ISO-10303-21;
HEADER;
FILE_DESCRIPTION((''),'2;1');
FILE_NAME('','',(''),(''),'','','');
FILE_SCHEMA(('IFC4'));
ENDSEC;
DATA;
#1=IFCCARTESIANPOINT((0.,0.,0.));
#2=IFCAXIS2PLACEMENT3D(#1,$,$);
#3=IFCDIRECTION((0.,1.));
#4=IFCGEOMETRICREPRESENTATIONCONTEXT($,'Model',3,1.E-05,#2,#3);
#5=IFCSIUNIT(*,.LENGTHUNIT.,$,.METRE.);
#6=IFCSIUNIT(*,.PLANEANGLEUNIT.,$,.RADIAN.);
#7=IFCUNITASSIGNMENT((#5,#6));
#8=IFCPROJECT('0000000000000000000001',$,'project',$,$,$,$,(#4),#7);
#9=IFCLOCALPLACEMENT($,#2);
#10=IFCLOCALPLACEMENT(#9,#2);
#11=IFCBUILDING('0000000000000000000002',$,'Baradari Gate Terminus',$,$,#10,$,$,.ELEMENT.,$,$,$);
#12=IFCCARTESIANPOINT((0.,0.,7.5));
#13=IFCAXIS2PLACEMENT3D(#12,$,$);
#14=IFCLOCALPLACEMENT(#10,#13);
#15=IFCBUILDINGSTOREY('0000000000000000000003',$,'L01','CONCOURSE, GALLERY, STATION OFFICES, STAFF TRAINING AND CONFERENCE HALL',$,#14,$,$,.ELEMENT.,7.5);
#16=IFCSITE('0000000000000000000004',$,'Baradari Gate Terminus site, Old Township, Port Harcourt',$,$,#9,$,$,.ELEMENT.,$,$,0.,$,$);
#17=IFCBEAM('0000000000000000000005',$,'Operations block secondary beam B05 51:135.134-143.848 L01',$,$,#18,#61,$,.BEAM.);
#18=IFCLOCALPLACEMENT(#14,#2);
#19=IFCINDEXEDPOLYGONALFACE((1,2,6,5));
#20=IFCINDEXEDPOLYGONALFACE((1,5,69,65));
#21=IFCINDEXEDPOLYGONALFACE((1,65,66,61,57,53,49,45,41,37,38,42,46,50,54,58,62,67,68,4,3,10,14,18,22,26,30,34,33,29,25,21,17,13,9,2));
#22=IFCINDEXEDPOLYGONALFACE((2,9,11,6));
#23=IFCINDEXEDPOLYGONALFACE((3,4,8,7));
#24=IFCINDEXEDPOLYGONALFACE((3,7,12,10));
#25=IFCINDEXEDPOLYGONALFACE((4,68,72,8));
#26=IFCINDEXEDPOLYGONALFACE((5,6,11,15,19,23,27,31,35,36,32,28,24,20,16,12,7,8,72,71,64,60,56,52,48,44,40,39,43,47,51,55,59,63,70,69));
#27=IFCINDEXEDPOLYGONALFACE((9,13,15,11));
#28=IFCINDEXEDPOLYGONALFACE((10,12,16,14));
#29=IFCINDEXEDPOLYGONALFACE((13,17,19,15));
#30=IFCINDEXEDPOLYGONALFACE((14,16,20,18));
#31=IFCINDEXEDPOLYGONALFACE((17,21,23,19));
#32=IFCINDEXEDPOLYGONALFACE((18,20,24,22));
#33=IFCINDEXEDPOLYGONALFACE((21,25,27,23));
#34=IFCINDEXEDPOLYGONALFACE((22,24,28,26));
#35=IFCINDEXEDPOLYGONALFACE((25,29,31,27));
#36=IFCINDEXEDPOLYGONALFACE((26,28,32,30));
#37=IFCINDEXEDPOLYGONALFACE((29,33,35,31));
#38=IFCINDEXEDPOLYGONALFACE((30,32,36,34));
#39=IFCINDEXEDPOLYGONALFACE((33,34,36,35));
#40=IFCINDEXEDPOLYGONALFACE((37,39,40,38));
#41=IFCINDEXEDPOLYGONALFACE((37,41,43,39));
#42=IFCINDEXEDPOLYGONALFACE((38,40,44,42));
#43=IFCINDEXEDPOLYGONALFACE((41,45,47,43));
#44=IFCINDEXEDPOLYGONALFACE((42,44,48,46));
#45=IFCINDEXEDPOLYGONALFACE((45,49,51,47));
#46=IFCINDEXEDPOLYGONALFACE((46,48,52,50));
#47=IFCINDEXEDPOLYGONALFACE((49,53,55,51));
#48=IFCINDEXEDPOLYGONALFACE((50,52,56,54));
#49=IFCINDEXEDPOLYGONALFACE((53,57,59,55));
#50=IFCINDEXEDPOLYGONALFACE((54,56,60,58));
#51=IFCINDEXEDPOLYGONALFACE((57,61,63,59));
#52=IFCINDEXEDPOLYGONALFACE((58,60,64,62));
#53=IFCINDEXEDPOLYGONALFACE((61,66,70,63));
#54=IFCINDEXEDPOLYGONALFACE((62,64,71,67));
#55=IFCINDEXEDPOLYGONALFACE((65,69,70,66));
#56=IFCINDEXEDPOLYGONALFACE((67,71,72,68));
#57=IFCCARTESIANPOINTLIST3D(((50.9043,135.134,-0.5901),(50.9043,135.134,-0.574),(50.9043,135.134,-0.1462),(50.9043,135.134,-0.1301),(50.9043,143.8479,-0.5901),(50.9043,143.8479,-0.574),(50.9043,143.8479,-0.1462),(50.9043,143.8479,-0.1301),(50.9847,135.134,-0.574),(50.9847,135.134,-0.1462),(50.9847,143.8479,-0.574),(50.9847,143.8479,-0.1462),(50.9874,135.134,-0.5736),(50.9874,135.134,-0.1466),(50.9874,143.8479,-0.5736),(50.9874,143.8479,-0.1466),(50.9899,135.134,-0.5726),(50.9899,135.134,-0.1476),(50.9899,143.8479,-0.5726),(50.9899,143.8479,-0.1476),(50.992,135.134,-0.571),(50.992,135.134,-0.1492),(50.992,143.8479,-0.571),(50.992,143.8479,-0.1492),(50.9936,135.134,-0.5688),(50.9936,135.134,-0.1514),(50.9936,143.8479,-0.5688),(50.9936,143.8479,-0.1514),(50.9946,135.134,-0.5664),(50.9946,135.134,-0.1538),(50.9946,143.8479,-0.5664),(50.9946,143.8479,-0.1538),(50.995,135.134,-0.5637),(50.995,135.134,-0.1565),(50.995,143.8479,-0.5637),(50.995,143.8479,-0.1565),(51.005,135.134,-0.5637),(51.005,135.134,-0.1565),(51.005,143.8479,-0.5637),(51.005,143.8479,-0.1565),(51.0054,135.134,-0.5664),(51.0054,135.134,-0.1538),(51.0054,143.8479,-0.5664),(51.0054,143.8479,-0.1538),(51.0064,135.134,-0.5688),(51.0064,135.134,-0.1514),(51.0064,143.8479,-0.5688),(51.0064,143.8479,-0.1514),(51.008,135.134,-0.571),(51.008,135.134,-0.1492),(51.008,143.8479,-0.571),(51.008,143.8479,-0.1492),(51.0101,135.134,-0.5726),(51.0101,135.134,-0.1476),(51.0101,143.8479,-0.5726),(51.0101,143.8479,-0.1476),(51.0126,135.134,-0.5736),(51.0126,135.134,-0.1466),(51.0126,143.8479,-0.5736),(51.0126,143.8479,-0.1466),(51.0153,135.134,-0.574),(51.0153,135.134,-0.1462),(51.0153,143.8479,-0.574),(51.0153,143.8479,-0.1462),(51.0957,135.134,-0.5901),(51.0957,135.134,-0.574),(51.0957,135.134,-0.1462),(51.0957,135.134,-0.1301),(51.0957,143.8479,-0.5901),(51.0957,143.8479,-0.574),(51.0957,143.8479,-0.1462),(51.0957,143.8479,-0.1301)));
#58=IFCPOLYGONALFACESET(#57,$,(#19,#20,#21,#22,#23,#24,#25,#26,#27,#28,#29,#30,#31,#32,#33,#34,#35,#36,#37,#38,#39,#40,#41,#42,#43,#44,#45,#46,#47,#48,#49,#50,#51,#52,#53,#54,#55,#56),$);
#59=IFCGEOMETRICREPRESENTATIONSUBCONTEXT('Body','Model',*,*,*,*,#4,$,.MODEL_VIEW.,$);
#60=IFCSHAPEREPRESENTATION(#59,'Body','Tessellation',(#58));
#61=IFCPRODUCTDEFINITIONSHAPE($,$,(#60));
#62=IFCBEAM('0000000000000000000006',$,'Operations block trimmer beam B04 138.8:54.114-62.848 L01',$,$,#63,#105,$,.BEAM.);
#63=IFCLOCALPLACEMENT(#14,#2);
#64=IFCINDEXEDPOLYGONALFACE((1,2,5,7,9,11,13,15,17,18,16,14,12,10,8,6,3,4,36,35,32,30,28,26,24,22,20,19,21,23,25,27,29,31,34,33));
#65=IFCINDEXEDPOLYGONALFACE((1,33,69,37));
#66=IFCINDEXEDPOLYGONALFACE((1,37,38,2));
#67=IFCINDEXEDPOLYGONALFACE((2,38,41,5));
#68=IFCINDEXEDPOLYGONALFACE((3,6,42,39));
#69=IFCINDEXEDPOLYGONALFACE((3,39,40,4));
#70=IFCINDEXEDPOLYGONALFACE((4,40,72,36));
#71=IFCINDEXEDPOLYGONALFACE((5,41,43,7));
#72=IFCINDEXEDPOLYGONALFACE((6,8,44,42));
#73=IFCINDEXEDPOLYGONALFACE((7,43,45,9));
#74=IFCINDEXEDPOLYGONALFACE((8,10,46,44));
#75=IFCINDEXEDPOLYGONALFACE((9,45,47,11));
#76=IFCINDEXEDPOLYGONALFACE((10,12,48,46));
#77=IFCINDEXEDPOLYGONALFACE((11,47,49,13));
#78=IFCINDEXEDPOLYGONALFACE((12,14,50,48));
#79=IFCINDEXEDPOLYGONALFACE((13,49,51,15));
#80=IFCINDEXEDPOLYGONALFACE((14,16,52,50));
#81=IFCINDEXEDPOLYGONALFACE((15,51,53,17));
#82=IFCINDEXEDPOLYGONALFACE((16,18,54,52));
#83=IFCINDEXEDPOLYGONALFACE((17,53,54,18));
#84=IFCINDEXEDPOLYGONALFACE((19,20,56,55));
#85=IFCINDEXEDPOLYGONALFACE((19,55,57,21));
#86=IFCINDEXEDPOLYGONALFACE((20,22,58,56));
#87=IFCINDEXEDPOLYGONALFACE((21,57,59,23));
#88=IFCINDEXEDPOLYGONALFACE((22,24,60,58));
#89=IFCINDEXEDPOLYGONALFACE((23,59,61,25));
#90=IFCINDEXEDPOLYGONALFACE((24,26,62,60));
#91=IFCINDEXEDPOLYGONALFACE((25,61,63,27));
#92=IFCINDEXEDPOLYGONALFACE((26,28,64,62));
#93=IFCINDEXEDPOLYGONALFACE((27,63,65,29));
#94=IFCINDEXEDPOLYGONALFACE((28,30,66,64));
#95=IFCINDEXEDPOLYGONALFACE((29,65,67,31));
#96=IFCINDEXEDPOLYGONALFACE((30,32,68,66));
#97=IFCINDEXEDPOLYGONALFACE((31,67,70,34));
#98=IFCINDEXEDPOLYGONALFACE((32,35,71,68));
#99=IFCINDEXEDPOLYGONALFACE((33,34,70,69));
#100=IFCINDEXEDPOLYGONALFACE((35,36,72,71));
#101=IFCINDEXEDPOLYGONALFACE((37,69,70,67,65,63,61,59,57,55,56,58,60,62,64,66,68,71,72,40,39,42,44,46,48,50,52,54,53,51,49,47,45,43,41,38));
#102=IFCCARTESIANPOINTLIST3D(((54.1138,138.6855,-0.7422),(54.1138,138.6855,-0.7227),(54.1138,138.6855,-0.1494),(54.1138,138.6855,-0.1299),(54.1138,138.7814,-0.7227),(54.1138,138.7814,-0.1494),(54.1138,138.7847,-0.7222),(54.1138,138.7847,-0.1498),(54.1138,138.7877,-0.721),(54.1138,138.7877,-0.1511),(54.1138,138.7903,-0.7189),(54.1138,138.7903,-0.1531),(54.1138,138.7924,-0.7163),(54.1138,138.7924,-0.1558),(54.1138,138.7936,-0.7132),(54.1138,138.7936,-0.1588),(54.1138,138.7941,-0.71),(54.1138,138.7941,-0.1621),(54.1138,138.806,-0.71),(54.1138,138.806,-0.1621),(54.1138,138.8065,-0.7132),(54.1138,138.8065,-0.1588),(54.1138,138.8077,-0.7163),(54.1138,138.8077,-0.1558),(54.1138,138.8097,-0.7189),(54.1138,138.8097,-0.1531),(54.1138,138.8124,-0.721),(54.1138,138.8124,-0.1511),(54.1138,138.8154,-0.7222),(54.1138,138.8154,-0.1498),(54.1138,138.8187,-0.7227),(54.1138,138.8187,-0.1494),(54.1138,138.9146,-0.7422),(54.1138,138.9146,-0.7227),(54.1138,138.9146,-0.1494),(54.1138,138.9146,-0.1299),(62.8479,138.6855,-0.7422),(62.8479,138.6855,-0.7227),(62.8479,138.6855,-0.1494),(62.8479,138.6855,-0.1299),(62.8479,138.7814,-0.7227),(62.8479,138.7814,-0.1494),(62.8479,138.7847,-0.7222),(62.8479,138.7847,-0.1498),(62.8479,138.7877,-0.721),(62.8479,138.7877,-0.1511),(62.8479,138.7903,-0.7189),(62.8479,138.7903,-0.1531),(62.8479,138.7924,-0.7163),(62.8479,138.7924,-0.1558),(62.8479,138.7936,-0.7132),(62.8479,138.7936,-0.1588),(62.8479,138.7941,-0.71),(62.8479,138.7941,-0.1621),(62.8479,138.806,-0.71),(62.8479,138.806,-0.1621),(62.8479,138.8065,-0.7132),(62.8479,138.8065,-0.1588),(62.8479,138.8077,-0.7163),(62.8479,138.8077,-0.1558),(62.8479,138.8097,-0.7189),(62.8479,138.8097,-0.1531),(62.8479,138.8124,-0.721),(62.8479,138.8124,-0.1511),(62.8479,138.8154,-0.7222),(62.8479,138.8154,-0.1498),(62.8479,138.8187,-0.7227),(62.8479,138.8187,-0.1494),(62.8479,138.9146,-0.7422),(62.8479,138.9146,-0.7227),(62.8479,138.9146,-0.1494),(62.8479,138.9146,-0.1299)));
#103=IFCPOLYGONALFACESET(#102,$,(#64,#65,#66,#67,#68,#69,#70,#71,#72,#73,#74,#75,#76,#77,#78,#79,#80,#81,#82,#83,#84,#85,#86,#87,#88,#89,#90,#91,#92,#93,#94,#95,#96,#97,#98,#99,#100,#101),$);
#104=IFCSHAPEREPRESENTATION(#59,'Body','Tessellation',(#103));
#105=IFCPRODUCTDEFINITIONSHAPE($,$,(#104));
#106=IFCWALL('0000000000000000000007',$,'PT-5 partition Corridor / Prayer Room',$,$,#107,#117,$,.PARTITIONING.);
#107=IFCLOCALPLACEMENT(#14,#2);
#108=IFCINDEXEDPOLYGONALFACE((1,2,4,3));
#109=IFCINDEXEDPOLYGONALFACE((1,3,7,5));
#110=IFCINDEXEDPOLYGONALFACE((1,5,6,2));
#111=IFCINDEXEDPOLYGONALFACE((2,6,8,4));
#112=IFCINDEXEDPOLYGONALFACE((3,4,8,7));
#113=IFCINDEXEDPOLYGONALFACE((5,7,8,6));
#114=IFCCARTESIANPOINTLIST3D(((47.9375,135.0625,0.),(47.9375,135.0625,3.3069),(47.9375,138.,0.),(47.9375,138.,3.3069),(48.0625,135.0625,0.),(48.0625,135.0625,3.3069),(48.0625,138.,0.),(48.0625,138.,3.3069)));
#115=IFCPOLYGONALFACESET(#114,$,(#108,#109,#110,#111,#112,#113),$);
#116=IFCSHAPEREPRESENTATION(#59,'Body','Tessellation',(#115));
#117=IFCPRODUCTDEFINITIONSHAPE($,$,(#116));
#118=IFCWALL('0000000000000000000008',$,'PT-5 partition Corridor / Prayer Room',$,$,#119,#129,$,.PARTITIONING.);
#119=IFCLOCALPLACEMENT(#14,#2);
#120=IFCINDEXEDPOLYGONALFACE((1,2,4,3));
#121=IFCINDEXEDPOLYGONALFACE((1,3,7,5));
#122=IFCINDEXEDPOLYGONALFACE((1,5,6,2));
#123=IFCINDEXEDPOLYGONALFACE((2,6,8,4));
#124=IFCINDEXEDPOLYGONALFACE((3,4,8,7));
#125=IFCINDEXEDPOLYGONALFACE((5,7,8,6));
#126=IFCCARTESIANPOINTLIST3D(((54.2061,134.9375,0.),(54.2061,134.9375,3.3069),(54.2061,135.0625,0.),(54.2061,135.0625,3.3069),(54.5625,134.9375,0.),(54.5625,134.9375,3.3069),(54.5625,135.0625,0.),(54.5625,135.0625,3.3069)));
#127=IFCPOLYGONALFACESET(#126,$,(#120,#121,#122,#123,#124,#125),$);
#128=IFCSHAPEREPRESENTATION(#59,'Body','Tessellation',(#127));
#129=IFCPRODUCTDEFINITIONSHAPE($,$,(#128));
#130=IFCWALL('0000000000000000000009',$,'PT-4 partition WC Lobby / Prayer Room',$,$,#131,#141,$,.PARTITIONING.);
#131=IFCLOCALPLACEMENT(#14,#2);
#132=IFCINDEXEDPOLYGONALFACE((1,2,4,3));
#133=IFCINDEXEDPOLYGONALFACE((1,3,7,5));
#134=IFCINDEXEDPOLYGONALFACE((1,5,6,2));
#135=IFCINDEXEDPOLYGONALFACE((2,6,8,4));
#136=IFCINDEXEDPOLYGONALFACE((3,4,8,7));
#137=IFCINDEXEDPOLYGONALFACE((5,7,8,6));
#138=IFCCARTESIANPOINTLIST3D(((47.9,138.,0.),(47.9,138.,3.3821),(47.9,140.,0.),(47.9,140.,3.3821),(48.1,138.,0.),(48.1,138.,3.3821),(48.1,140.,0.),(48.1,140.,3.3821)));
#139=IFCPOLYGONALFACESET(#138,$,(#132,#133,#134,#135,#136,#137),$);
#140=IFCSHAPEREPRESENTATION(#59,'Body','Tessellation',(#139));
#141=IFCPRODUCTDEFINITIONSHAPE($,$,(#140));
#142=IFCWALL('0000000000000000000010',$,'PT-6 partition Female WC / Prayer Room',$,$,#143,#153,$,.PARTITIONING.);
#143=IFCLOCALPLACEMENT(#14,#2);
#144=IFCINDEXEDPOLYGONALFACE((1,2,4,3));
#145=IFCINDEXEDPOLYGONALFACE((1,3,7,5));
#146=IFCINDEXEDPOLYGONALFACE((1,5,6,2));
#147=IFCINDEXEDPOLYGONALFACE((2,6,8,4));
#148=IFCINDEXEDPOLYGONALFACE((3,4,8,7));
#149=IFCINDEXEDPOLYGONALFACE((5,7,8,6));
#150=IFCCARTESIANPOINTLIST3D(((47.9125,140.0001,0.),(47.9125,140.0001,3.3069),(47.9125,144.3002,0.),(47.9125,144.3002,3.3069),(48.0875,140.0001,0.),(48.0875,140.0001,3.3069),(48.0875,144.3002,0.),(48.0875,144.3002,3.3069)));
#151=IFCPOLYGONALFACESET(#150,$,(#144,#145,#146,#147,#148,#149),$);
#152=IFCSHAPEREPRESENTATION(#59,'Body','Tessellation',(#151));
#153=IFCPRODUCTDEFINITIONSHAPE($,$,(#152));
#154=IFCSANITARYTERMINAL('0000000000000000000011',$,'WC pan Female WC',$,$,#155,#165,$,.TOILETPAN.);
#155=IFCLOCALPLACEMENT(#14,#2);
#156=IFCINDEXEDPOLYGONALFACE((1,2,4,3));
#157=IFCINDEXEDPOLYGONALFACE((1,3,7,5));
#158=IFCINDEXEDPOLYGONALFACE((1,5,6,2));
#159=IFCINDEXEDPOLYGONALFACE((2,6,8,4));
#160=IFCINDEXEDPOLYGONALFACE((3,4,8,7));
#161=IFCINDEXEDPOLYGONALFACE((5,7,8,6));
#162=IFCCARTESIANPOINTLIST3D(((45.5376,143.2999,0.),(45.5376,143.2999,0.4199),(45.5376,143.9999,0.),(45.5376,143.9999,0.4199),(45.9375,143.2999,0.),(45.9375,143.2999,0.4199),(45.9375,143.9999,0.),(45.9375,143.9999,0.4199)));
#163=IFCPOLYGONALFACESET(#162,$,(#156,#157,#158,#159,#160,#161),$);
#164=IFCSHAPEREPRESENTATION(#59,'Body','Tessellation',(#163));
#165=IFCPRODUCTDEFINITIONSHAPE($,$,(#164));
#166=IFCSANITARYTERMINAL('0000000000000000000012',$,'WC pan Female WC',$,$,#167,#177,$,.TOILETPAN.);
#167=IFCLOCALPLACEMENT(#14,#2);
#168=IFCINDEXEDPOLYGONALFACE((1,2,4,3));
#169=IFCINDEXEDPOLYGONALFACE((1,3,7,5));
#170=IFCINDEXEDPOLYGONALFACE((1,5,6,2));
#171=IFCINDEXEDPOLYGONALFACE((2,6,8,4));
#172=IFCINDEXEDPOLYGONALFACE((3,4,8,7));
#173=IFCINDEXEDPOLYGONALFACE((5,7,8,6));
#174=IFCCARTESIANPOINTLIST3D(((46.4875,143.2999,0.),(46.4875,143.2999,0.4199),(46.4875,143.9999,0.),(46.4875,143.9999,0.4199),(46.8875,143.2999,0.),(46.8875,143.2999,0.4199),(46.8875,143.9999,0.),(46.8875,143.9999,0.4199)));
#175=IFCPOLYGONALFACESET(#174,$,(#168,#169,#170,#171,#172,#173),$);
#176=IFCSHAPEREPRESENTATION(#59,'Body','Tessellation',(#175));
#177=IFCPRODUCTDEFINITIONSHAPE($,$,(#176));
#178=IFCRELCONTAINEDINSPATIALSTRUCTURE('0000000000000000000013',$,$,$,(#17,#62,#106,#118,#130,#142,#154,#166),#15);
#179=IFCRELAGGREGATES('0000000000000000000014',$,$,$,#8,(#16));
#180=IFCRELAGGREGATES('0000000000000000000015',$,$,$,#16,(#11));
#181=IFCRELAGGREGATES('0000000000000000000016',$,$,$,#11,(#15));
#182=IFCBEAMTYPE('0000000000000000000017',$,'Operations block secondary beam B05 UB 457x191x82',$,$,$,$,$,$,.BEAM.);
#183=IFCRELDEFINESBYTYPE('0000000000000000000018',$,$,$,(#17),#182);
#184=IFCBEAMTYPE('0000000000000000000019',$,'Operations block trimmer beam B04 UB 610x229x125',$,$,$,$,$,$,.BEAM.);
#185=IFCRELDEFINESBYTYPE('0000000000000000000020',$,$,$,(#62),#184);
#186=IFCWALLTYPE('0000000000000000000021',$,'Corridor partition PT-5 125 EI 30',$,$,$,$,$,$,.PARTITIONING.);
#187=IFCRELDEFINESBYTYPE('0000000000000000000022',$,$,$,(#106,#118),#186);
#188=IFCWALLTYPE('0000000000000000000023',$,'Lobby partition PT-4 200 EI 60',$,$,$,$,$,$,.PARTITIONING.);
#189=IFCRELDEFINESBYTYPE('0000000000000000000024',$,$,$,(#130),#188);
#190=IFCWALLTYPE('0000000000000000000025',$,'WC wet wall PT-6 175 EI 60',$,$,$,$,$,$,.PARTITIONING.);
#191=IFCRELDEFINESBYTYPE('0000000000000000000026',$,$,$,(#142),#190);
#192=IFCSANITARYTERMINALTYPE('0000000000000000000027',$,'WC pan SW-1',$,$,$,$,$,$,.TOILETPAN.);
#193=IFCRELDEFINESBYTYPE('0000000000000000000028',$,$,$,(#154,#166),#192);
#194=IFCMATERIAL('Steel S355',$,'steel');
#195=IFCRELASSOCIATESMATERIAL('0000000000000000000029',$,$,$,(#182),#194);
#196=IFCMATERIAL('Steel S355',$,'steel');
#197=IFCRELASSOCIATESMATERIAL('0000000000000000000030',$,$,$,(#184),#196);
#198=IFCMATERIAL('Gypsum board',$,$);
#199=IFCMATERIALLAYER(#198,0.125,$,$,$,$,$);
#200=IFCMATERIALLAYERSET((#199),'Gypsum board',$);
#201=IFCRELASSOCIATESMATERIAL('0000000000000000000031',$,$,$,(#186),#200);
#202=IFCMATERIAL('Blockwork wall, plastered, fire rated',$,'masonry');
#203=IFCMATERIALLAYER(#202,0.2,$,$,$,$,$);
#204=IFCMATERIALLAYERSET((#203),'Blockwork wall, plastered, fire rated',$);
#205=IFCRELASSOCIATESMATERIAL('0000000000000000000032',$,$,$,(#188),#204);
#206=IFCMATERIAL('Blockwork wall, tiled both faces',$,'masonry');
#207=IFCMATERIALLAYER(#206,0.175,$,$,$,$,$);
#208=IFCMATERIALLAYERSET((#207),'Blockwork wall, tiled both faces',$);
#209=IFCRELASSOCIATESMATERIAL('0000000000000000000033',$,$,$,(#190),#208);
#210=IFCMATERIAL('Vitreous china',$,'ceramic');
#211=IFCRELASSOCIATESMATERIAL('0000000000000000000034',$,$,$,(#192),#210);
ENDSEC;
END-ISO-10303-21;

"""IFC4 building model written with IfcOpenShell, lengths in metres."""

from ifc_helpers import new_model, si_unit, direction, frame, frame_2d, origin, origin_2d, place, context, subcontext, project, spatial, rectangle, i_section, extrude, material, layer, layer_set, material_profile, profile_set, type_object, element, save


model = new_model("IFC4")

# Units and contexts
model_context = context("Model", 3, precision=1e-05, world=origin(), true_north=direction((0.0, 1.0)))
body_context = subcontext(model_context, "Body", "Model", "MODEL_VIEW")
ifc_project = project(units=[si_unit("LENGTHUNIT", "METRE"), si_unit("PLANEANGLEUNIT", "RADIAN")], contexts=[model_context])

# Site, building, storey
site_placement = place(None, origin())
site = spatial("IfcSite", under=ifc_project, at=site_placement, Name="Baradari Gate Terminus site, Old Township, Port Harcourt", CompositionType="ELEMENT", RefElevation=0.0)
building_placement = place(site_placement, origin())
building = spatial("IfcBuilding", under=site, at=building_placement, Name="Baradari Gate Terminus", CompositionType="ELEMENT")
storey_placement = place(building_placement, frame((0.0, 0.0, 7.5)))
storey = spatial("IfcBuildingStorey", under=building, at=storey_placement, Name="L01", Description="CONCOURSE, GALLERY, STATION OFFICES, STAFF TRAINING AND CONFERENCE HALL", CompositionType="ELEMENT", Elevation=7.5)

# Beams
ifc_material_1 = material(Name="Steel S355", Category="steel")
ifc_material_profile_1 = material_profile(ifc_material_1, i_section(OverallWidth=0.1914, OverallDepth=0.46, WebThickness=0.01, FlangeThickness=0.0161, FilletRadius=0.0103, at=origin_2d()), Name="UB 457x191x82")
ifc_profile_set_1 = profile_set([ifc_material_profile_1], Name="Steel S355")
beam_type_1 = type_object("IfcBeamType", Name="Operations block secondary beam B05 UB 457x191x82", PredefinedType="BEAM", material=ifc_profile_set_1)
for number, where, z_axis, x_axis, name in (
    (1, (51.0, 135.134, -0.3601), (0.0, 1.0, 0.0), (-1.0, 0.0, 0.0), "Operations block secondary beam B05 51:135.134-143.848 L01"),
):
    element("IfcBeam", number, at=place(storey_placement, frame(where, z_axis=z_axis, x_axis=x_axis)), inside=storey, type_object=beam_type_1, Name=name, PredefinedType="BEAM", context=body_context, shape_type="SweptSolid", body=[
        extrude(i_section(OverallWidth=0.1914, OverallDepth=0.46, WebThickness=0.01, FlangeThickness=0.0161, FilletRadius=0.0103, at=origin_2d()), origin(), (0.0, 0.0, 1.0), 8.7139),
    ])
ifc_material_2 = material(Name="Steel S355", Category="steel")
ifc_material_profile_2 = material_profile(ifc_material_2, i_section(OverallWidth=0.229, OverallDepth=0.6123, WebThickness=0.012, FlangeThickness=0.0195, FilletRadius=0.0127, at=origin_2d()), Name="UB 610x229x125")
ifc_profile_set_2 = profile_set([ifc_material_profile_2], Name="Steel S355")
beam_type_2 = type_object("IfcBeamType", Name="Operations block trimmer beam B04 UB 610x229x125", PredefinedType="BEAM", material=ifc_profile_set_2)
beam_1_placement = place(storey_placement, frame((54.1138, 138.8, -0.436), z_axis=(1.0, 0.0, 0.0), x_axis=(0.0, 1.0, 0.0)))
element("IfcBeam", 2, at=beam_1_placement, inside=storey, type_object=beam_type_2, Name="Operations block trimmer beam B04 138.8:54.114-62.848 L01", PredefinedType="BEAM", context=body_context, shape_type="SweptSolid", body=[
    extrude(i_section(OverallWidth=0.229, OverallDepth=0.6123, WebThickness=0.012, FlangeThickness=0.0195, FilletRadius=0.0127, at=origin_2d()), origin(), (0.0, 0.0, 1.0), 8.7341),
])

# Walls
ifc_material_3 = material(Name="Gypsum board")
ifc_layer_1 = layer(ifc_material_3, 0.125)
ifc_layer_set_1 = layer_set([ifc_layer_1], Name="Gypsum board")
wall_type_1 = type_object("IfcWallType", Name="Corridor partition PT-5 125 EI 30", PredefinedType="PARTITIONING", material=ifc_layer_set_1)
wall_1_placement = place(storey_placement, frame((48.0, 138.0, 0.0), z_axis=(0.0, 0.0, 1.0), x_axis=(0.0, -1.0, 0.0)))
element("IfcWall", 3, at=wall_1_placement, inside=storey, type_object=wall_type_1, Name="PT-5 partition Corridor / Prayer Room", PredefinedType="PARTITIONING", context=body_context, shape_type="SweptSolid", body=[
    extrude(rectangle(XDim=2.9375, YDim=0.125, at=frame_2d((1.4688, 0.0))), origin(), (0.0, 0.0, 1.0), 3.3069),
])
wall_2_placement = place(storey_placement, frame((54.2061, 135.0, 0.0), z_axis=(0.0, 0.0, 1.0), x_axis=(1.0, 0.0, 0.0)))
element("IfcWall", 4, at=wall_2_placement, inside=storey, type_object=wall_type_1, Name="PT-5 partition Corridor / Prayer Room", PredefinedType="PARTITIONING", context=body_context, shape_type="SweptSolid", body=[
    extrude(rectangle(XDim=0.3564, YDim=0.125, at=frame_2d((0.1782, 0.0))), origin(), (0.0, 0.0, 1.0), 3.3069),
])
ifc_material_4 = material(Name="Blockwork wall, plastered, fire rated", Category="masonry")
ifc_layer_2 = layer(ifc_material_4, 0.2)
ifc_layer_set_2 = layer_set([ifc_layer_2], Name="Blockwork wall, plastered, fire rated")
wall_type_2 = type_object("IfcWallType", Name="Lobby partition PT-4 200 EI 60", PredefinedType="PARTITIONING", material=ifc_layer_set_2)
wall_3_placement = place(storey_placement, frame((48.0, 140.0, 0.0), z_axis=(0.0, 0.0, 1.0), x_axis=(0.0, -1.0, 0.0)))
element("IfcWall", 5, at=wall_3_placement, inside=storey, type_object=wall_type_2, Name="PT-4 partition WC Lobby / Prayer Room", PredefinedType="PARTITIONING", context=body_context, shape_type="SweptSolid", body=[
    extrude(rectangle(XDim=2.0, YDim=0.2, at=frame_2d((1.0, 0.0))), origin(), (0.0, 0.0, 1.0), 3.3821),
])
ifc_material_5 = material(Name="Blockwork wall, tiled both faces", Category="masonry")
ifc_layer_3 = layer(ifc_material_5, 0.175)
ifc_layer_set_3 = layer_set([ifc_layer_3], Name="Blockwork wall, tiled both faces")
wall_type_3 = type_object("IfcWallType", Name="WC wet wall PT-6 175 EI 60", PredefinedType="PARTITIONING", material=ifc_layer_set_3)
wall_4_placement = place(storey_placement, frame((48.0, 144.3, 0.0), z_axis=(0.0, 0.0, 1.0), x_axis=(0.0, -1.0, 0.0)))
element("IfcWall", 6, at=wall_4_placement, inside=storey, type_object=wall_type_3, Name="PT-6 partition Female WC / Prayer Room", PredefinedType="PARTITIONING", context=body_context, shape_type="SweptSolid", body=[
    extrude(rectangle(XDim=4.3, YDim=0.175, at=frame_2d((2.1499, 0.0))), origin(), (0.0, 0.0, 1.0), 3.3069),
])

# Sanitary terminals
ifc_material_6 = material(Name="Vitreous china", Category="ceramic")
sanitary_terminal_type_1 = type_object("IfcSanitaryTerminalType", Name="WC pan SW-1", PredefinedType="TOILETPAN", material=ifc_material_6)
for number, where, z_axis, x_axis, name in (
    (7, (45.7375, 143.6499, 0.0), (0.0, 0.0, 1.0), (1.0, 0.0, 0.0), "WC pan Female WC"),
    (8, (46.6875, 143.6499, 0.0), (0.0, 0.0, 1.0), (1.0, 0.0, 0.0), "WC pan Female WC"),
):
    element("IfcSanitaryTerminal", number, at=place(storey_placement, frame(where, z_axis=z_axis, x_axis=x_axis)), inside=storey, type_object=sanitary_terminal_type_1, Name=name, PredefinedType="TOILETPAN", context=body_context, shape_type="SweptSolid", body=[
        extrude(rectangle(XDim=0.3999, YDim=0.7, at=origin_2d()), origin(), (0.0, 0.0, 1.0), 0.4199),
    ])

save(model, "model.ifc")
